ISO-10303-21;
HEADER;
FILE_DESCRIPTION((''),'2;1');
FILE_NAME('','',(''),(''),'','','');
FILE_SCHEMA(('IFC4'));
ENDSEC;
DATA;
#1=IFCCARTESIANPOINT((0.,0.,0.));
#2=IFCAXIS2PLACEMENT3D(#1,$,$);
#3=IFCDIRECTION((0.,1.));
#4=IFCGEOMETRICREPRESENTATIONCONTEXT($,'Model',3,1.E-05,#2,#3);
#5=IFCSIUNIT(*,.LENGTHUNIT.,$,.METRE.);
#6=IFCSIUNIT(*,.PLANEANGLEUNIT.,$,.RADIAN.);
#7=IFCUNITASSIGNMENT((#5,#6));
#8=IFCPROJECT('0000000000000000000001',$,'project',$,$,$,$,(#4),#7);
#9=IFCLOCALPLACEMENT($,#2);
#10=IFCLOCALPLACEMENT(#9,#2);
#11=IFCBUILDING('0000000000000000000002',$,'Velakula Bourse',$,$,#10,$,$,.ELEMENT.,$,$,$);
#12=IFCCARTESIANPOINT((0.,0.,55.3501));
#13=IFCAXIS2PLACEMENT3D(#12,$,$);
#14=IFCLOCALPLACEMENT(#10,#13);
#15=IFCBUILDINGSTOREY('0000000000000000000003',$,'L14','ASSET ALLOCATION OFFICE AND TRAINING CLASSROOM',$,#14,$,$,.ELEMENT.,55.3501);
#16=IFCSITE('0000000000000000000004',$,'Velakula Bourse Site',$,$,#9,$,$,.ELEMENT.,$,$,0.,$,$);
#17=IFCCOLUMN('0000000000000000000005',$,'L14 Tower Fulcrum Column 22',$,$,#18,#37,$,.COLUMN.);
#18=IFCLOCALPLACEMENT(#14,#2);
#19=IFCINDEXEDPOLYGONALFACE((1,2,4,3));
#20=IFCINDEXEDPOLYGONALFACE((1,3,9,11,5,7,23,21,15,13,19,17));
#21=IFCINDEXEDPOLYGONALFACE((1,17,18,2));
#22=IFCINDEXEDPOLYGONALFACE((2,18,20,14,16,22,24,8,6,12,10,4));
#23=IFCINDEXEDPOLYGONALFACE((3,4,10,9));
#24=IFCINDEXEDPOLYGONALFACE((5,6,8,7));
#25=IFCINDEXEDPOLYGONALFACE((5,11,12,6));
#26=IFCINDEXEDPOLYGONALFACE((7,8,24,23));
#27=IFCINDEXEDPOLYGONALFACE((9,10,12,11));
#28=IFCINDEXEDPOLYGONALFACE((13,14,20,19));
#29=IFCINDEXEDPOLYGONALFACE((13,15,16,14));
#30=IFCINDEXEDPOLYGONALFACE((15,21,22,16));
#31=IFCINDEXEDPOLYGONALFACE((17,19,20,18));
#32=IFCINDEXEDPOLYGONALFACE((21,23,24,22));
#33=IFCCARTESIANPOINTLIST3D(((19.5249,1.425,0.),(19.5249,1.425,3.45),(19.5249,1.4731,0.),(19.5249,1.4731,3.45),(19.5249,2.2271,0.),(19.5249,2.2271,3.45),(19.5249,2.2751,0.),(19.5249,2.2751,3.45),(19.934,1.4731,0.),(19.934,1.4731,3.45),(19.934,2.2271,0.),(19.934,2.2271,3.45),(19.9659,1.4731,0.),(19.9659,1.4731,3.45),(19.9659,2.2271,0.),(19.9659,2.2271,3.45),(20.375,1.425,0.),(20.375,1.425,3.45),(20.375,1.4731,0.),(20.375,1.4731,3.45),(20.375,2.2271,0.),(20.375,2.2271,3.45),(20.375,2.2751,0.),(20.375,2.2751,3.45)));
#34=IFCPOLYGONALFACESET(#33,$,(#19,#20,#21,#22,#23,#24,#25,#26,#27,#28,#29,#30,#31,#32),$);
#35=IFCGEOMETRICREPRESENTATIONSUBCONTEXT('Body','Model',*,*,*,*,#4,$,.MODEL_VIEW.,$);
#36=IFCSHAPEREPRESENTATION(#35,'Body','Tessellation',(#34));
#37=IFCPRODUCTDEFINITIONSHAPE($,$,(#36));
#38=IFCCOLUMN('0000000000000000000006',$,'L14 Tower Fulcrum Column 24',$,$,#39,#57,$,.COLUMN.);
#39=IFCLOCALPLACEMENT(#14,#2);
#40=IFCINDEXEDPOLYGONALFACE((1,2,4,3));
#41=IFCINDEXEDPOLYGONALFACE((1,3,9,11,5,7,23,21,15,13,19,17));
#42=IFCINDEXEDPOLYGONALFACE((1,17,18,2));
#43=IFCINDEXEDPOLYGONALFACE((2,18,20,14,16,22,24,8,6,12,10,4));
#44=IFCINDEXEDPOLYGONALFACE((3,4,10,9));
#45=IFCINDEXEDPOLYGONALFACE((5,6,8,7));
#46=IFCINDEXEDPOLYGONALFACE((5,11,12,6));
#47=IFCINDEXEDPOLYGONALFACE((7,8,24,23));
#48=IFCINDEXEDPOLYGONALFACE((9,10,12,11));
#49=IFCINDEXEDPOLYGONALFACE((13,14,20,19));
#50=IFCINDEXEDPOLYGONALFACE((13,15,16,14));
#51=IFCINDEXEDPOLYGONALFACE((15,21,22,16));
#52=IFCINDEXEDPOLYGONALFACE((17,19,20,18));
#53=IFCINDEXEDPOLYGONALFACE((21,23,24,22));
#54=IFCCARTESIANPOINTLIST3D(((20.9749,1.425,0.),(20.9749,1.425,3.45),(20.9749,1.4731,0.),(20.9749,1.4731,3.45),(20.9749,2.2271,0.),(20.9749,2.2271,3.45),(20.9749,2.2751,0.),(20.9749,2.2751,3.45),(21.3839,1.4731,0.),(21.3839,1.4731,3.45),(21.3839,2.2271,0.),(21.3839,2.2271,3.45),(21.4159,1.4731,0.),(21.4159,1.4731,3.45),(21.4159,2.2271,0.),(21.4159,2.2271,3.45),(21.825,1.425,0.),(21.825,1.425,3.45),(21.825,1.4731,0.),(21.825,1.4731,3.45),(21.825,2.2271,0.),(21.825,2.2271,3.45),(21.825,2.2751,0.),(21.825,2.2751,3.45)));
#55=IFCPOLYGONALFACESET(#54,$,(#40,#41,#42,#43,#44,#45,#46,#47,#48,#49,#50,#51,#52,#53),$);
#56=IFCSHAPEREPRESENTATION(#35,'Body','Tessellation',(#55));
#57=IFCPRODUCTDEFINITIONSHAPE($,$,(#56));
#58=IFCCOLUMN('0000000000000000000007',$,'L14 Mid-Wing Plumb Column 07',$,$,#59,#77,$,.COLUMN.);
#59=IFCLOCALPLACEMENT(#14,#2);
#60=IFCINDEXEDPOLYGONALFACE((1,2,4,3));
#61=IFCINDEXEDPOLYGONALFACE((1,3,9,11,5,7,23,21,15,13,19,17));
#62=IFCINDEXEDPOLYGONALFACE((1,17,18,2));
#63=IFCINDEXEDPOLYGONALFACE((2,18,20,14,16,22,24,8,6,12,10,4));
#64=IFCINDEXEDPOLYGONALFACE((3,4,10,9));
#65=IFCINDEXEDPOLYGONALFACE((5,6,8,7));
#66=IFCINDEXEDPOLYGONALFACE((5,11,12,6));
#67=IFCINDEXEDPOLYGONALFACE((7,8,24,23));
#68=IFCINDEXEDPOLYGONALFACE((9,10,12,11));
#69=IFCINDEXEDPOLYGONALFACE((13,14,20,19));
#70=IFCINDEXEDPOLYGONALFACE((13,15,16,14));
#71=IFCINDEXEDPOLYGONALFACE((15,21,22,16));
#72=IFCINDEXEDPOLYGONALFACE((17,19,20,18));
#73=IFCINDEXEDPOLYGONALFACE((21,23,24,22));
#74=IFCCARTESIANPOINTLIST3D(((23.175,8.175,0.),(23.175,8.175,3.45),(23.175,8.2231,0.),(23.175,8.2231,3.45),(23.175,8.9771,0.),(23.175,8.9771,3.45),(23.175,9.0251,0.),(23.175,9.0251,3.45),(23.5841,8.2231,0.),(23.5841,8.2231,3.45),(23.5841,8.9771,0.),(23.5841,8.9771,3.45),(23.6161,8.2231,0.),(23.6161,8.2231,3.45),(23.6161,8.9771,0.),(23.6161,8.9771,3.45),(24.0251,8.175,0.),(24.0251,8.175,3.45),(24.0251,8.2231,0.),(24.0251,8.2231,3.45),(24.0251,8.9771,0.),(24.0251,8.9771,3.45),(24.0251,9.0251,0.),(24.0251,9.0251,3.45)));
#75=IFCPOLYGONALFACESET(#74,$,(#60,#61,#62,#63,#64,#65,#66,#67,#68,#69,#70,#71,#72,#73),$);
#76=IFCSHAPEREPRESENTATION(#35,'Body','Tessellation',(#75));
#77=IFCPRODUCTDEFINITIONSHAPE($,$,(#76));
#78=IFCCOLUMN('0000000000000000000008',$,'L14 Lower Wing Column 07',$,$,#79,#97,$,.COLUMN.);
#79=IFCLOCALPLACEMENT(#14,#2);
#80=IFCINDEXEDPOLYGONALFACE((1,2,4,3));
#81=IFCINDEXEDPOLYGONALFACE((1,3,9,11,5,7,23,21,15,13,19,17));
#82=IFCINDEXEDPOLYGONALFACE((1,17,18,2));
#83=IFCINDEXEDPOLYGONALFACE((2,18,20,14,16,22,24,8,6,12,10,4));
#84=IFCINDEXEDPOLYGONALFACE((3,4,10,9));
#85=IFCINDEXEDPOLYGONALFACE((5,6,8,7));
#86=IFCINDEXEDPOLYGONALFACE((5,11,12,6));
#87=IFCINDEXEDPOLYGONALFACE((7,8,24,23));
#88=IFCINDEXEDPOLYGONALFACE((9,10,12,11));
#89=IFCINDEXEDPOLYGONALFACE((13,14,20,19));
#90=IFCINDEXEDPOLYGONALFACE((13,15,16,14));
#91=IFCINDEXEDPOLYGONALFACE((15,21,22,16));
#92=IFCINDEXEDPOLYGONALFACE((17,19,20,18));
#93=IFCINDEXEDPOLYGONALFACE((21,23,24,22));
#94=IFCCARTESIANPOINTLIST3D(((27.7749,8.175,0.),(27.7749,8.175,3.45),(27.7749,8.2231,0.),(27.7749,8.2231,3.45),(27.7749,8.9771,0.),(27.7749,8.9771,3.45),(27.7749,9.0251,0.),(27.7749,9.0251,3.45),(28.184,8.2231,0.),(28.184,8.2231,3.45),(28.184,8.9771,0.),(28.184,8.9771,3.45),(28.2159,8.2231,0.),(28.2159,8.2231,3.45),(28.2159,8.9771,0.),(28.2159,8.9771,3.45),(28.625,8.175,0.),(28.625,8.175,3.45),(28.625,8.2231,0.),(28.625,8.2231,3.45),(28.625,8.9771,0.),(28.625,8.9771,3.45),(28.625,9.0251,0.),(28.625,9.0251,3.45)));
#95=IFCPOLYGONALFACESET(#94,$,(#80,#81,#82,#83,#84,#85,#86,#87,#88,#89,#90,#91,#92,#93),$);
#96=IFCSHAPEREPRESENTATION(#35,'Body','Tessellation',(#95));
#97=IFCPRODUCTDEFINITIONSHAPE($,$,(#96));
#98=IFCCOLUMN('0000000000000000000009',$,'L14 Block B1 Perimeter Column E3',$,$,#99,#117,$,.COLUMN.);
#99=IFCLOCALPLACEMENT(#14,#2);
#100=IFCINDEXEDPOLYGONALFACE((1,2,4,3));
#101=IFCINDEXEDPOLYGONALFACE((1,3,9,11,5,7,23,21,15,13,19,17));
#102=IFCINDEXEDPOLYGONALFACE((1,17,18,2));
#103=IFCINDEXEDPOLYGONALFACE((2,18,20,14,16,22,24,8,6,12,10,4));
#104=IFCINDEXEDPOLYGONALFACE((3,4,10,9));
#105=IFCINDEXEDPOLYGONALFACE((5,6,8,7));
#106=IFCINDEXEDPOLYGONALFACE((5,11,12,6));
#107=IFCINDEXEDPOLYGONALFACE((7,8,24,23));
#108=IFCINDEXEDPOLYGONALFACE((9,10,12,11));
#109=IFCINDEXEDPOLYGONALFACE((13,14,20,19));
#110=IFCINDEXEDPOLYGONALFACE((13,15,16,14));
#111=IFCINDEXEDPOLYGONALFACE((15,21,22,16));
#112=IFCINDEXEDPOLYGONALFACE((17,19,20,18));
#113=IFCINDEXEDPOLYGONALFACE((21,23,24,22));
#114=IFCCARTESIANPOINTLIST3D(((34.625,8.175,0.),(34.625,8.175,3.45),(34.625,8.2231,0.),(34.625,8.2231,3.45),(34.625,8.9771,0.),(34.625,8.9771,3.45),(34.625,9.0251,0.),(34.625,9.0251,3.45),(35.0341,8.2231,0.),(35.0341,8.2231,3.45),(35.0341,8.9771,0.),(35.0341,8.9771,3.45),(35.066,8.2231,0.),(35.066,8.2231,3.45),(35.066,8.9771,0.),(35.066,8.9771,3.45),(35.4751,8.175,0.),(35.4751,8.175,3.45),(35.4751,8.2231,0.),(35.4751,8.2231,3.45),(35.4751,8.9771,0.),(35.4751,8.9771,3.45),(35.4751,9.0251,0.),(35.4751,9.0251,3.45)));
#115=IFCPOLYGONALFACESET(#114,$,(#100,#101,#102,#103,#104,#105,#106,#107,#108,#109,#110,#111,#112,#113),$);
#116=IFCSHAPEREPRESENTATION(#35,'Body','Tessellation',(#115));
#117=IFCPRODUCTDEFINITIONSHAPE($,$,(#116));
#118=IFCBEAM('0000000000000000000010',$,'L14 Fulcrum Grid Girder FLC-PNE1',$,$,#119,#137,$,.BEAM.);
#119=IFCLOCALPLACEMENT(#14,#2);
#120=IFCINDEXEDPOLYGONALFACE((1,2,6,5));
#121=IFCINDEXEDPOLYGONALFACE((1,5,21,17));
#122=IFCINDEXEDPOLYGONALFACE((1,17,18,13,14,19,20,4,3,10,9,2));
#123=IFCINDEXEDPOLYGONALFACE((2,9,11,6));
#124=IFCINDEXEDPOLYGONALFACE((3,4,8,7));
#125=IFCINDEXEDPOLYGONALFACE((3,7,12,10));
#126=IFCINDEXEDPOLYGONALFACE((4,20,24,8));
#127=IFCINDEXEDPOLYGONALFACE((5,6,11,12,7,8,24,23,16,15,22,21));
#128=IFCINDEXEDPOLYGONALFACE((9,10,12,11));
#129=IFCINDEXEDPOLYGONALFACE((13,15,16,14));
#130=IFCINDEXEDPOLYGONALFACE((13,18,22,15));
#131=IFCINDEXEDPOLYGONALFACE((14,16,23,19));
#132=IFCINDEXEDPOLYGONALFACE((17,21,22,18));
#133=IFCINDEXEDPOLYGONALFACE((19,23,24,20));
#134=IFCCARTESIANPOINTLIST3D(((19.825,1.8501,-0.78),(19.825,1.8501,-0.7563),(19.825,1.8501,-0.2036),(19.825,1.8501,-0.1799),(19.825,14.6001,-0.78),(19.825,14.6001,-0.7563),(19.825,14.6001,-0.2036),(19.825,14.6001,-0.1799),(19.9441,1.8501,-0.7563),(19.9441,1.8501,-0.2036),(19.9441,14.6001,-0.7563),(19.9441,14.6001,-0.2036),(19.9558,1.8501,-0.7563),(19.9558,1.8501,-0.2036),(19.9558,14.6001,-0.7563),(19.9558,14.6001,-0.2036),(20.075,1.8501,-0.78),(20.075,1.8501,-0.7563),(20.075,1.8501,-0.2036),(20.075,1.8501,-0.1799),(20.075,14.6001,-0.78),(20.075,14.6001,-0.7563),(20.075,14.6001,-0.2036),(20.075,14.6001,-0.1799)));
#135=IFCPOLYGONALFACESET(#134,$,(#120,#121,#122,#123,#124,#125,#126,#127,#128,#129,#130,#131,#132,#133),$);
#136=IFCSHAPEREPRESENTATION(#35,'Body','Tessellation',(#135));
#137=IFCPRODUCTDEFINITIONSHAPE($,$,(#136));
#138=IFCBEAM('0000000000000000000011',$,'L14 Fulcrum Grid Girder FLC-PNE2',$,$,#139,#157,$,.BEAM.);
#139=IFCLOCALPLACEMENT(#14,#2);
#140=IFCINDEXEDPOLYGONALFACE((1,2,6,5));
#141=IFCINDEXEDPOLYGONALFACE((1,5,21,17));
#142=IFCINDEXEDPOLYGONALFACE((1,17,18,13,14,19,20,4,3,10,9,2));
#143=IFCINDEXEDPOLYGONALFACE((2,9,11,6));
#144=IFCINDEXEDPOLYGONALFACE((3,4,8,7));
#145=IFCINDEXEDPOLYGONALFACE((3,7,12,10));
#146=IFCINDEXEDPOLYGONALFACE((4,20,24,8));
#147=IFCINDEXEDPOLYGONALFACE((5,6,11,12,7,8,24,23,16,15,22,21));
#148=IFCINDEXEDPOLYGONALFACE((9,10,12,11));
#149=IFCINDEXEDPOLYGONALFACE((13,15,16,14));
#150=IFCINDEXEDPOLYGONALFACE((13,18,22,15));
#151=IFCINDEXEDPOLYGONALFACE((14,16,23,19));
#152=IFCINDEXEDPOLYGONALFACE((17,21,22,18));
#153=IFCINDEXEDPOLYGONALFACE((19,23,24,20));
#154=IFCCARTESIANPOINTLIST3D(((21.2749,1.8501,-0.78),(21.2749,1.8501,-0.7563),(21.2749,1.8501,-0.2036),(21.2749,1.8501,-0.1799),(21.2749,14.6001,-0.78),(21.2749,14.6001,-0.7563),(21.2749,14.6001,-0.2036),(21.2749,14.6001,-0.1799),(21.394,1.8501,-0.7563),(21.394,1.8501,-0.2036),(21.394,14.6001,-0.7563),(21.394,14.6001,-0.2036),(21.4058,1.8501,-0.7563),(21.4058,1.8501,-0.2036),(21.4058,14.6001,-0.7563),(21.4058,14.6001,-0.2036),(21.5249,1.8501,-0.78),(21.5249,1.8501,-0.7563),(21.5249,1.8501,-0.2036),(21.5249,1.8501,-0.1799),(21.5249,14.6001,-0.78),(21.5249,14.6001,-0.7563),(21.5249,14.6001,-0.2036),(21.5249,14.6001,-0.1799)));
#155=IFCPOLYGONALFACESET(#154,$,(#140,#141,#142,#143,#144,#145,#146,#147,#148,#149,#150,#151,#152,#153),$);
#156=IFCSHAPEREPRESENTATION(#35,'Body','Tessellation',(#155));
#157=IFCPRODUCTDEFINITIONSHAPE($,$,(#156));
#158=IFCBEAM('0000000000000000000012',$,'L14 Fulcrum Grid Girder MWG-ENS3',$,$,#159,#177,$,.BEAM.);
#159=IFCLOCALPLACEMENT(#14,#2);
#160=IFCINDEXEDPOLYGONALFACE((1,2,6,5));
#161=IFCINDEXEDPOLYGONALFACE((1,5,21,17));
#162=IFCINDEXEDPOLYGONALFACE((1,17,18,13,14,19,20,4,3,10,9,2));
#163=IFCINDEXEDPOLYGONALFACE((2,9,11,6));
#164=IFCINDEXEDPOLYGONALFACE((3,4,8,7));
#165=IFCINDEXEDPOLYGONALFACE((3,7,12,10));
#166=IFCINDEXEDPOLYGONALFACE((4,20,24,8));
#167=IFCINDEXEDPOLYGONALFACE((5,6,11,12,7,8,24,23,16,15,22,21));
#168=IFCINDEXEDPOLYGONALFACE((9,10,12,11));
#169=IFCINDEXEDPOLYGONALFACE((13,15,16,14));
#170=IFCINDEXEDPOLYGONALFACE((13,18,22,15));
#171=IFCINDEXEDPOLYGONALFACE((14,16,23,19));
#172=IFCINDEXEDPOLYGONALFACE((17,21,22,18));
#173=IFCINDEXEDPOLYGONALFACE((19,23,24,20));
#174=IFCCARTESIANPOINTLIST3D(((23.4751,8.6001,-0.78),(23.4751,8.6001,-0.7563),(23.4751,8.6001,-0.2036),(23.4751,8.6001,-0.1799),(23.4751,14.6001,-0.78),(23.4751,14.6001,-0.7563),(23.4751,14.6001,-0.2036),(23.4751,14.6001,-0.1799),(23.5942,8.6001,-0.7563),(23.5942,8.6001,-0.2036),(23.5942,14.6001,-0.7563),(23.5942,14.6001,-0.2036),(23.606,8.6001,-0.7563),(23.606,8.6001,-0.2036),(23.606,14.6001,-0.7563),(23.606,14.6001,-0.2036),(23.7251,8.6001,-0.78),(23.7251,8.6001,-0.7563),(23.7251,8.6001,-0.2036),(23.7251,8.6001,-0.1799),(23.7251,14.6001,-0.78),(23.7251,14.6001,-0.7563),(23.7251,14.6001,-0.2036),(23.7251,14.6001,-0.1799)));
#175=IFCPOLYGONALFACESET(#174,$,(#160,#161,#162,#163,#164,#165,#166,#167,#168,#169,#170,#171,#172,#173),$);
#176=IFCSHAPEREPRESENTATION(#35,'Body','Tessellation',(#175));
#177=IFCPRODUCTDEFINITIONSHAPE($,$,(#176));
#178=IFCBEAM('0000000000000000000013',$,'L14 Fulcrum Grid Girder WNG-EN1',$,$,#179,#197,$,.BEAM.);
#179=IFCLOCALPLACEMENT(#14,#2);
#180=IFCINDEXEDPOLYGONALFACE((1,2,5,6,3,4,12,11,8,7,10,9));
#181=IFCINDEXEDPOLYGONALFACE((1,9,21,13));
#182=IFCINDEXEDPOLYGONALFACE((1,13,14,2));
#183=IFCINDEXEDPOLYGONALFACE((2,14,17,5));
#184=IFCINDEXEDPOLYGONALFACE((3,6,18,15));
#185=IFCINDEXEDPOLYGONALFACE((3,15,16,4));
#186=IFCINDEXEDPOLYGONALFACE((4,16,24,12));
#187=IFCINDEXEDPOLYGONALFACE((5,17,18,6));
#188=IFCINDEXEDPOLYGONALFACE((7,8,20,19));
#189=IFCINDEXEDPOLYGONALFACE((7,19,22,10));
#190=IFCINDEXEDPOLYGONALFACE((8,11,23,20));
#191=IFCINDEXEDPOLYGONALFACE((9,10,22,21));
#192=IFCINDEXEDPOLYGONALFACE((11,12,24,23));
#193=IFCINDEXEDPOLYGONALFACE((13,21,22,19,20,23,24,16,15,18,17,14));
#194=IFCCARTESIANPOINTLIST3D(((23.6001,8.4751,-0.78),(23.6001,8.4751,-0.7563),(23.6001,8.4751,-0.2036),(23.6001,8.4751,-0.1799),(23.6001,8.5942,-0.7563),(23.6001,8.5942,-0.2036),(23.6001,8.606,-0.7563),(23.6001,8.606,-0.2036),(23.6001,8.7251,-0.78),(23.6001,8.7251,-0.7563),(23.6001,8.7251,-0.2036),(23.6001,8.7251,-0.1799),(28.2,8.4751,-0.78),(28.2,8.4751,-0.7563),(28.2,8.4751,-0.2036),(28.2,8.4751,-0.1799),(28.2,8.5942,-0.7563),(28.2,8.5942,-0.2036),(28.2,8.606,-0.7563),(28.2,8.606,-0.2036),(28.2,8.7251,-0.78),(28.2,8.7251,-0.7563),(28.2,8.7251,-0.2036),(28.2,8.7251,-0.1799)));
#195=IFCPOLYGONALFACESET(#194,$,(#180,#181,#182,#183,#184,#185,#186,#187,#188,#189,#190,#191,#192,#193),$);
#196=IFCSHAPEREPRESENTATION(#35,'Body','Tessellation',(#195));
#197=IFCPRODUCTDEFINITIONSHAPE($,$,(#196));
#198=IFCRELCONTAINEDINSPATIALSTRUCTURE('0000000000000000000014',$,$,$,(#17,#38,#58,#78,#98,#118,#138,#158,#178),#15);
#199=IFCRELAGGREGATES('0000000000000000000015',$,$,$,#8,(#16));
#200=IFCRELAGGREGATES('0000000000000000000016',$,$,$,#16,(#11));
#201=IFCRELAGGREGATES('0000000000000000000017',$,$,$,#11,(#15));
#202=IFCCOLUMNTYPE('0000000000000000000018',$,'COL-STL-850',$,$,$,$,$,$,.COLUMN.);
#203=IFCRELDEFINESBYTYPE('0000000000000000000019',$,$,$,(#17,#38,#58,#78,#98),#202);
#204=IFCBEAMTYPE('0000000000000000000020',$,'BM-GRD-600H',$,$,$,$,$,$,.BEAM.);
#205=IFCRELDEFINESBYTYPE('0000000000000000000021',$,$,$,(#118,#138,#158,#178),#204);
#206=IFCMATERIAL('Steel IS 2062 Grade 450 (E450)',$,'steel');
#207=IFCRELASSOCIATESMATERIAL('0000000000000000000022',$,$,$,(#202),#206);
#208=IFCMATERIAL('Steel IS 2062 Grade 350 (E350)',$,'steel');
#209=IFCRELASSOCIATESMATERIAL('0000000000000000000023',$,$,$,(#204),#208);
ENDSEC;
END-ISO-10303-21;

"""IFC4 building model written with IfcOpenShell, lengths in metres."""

from ifc_helpers import new_model, si_unit, direction, frame, origin, origin_2d, place, context, subcontext, project, spatial, i_section, extrude, material, material_profile, profile_set, type_object, element, save


model = new_model("IFC4")

# Units and contexts
model_context = context("Model", 3, precision=1e-05, world=origin(), true_north=direction((0.0, 1.0)))
body_context = subcontext(model_context, "Body", "Model", "MODEL_VIEW")
ifc_project = project(units=[si_unit("LENGTHUNIT", "METRE"), si_unit("PLANEANGLEUNIT", "RADIAN")], contexts=[model_context])

# Site, building, storey
site_placement = place(None, origin())
site = spatial("IfcSite", under=ifc_project, at=site_placement, Name="Velakula Bourse Site", CompositionType="ELEMENT", RefElevation=0.0)
building_placement = place(site_placement, origin())
building = spatial("IfcBuilding", under=site, at=building_placement, Name="Velakula Bourse", CompositionType="ELEMENT")
storey_placement = place(building_placement, frame((0.0, 0.0, 55.3501)))
storey = spatial("IfcBuildingStorey", under=building, at=storey_placement, Name="L14", Description="ASSET ALLOCATION OFFICE AND TRAINING CLASSROOM", CompositionType="ELEMENT", Elevation=55.3501)

# Columns
ifc_material_1 = material(Name="Steel IS 2062 Grade 450 (E450)", Category="steel")
ifc_material_profile_1 = material_profile(ifc_material_1, i_section(OverallWidth=0.8501, OverallDepth=0.8501, WebThickness=0.032, FlangeThickness=0.0481, at=origin_2d()), Name="Steel IS 2062 Grade 450 (E450)")
ifc_profile_set_1 = profile_set([ifc_material_profile_1], Name="Steel IS 2062 Grade 450 (E450)")
column_type = type_object("IfcColumnType", Name="COL-STL-850", PredefinedType="COLUMN", material=ifc_profile_set_1)
for number, where, z_axis, x_axis, name in (
    (1, (19.95, 1.8501, 0.0), (0.0, 0.0, 1.0), (1.0, 0.0, 0.0), "L14 Tower Fulcrum Column 22"),
    (2, (21.3999, 1.8501, 0.0), (0.0, 0.0, 1.0), (1.0, 0.0, 0.0), "L14 Tower Fulcrum Column 24"),
    (3, (23.6001, 8.6001, 0.0), (0.0, 0.0, 1.0), (1.0, 0.0, 0.0), "L14 Mid-Wing Plumb Column 07"),
    (4, (28.2, 8.6001, 0.0), (0.0, 0.0, 1.0), (1.0, 0.0, 0.0), "L14 Lower Wing Column 07"),
    (5, (35.05, 8.6001, 0.0), (0.0, 0.0, 1.0), (1.0, 0.0, 0.0), "L14 Block B1 Perimeter Column E3"),
):
    element("IfcColumn", number, at=place(storey_placement, frame(where, z_axis=z_axis, x_axis=x_axis)), inside=storey, type_object=column_type, Name=name, PredefinedType="COLUMN", context=body_context, shape_type="SweptSolid", body=[
        extrude(i_section(OverallWidth=0.8501, OverallDepth=0.8501, WebThickness=0.032, FlangeThickness=0.0481, at=origin_2d()), origin(), (0.0, 0.0, 1.0), 3.45),
    ])

# Beams
ifc_material_2 = material(Name="Steel IS 2062 Grade 350 (E350)", Category="steel")
ifc_material_profile_2 = material_profile(ifc_material_2, i_section(OverallWidth=0.25, OverallDepth=0.6001, WebThickness=0.0117, FlangeThickness=0.0237, at=origin_2d()), Name="Steel IS 2062 Grade 350 (E350)")
ifc_profile_set_2 = profile_set([ifc_material_profile_2], Name="Steel IS 2062 Grade 350 (E350)")
beam_type_1 = type_object("IfcBeamType", Name="BM-GRD-600H", PredefinedType="BEAM", material=ifc_profile_set_2)
for number, where, z_axis, x_axis, name in (
    (6, (19.95, 1.8501, -0.48), (0.0, 1.0, 0.0), (-1.0, 0.0, 0.0), "L14 Fulcrum Grid Girder FLC-PNE1"),
    (7, (21.3999, 1.8501, -0.48), (0.0, 1.0, 0.0), (-1.0, 0.0, 0.0), "L14 Fulcrum Grid Girder FLC-PNE2"),
):
    element("IfcBeam", number, at=place(storey_placement, frame(where, z_axis=z_axis, x_axis=x_axis)), inside=storey, type_object=beam_type_1, Name=name, PredefinedType="BEAM", context=body_context, shape_type="SweptSolid", body=[
        extrude(i_section(OverallWidth=0.25, OverallDepth=0.6001, WebThickness=0.0117, FlangeThickness=0.0237, at=origin_2d()), origin(), (0.0, 0.0, 1.0), 12.75),
    ])
beam_1_placement = place(storey_placement, frame((23.6001, 8.6001, -0.48), z_axis=(0.0, 1.0, 0.0), x_axis=(-1.0, 0.0, 0.0)))
element("IfcBeam", 8, at=beam_1_placement, inside=storey, type_object=beam_type_1, Name="L14 Fulcrum Grid Girder MWG-ENS3", PredefinedType="BEAM", context=body_context, shape_type="SweptSolid", body=[
    extrude(i_section(OverallWidth=0.25, OverallDepth=0.6001, WebThickness=0.0117, FlangeThickness=0.0237, at=origin_2d()), origin(), (0.0, 0.0, 1.0), 6.0),
])
beam_2_placement = place(storey_placement, frame((23.6001, 8.6001, -0.48), z_axis=(1.0, 0.0, 0.0), x_axis=(0.0, 1.0, 0.0)))
element("IfcBeam", 9, at=beam_2_placement, inside=storey, type_object=beam_type_1, Name="L14 Fulcrum Grid Girder WNG-EN1", PredefinedType="BEAM", context=body_context, shape_type="SweptSolid", body=[
    extrude(i_section(OverallWidth=0.25, OverallDepth=0.6001, WebThickness=0.0117, FlangeThickness=0.0237, at=origin_2d()), origin(), (0.0, 0.0, 1.0), 4.5999),
])

save(model, "model.ifc")
